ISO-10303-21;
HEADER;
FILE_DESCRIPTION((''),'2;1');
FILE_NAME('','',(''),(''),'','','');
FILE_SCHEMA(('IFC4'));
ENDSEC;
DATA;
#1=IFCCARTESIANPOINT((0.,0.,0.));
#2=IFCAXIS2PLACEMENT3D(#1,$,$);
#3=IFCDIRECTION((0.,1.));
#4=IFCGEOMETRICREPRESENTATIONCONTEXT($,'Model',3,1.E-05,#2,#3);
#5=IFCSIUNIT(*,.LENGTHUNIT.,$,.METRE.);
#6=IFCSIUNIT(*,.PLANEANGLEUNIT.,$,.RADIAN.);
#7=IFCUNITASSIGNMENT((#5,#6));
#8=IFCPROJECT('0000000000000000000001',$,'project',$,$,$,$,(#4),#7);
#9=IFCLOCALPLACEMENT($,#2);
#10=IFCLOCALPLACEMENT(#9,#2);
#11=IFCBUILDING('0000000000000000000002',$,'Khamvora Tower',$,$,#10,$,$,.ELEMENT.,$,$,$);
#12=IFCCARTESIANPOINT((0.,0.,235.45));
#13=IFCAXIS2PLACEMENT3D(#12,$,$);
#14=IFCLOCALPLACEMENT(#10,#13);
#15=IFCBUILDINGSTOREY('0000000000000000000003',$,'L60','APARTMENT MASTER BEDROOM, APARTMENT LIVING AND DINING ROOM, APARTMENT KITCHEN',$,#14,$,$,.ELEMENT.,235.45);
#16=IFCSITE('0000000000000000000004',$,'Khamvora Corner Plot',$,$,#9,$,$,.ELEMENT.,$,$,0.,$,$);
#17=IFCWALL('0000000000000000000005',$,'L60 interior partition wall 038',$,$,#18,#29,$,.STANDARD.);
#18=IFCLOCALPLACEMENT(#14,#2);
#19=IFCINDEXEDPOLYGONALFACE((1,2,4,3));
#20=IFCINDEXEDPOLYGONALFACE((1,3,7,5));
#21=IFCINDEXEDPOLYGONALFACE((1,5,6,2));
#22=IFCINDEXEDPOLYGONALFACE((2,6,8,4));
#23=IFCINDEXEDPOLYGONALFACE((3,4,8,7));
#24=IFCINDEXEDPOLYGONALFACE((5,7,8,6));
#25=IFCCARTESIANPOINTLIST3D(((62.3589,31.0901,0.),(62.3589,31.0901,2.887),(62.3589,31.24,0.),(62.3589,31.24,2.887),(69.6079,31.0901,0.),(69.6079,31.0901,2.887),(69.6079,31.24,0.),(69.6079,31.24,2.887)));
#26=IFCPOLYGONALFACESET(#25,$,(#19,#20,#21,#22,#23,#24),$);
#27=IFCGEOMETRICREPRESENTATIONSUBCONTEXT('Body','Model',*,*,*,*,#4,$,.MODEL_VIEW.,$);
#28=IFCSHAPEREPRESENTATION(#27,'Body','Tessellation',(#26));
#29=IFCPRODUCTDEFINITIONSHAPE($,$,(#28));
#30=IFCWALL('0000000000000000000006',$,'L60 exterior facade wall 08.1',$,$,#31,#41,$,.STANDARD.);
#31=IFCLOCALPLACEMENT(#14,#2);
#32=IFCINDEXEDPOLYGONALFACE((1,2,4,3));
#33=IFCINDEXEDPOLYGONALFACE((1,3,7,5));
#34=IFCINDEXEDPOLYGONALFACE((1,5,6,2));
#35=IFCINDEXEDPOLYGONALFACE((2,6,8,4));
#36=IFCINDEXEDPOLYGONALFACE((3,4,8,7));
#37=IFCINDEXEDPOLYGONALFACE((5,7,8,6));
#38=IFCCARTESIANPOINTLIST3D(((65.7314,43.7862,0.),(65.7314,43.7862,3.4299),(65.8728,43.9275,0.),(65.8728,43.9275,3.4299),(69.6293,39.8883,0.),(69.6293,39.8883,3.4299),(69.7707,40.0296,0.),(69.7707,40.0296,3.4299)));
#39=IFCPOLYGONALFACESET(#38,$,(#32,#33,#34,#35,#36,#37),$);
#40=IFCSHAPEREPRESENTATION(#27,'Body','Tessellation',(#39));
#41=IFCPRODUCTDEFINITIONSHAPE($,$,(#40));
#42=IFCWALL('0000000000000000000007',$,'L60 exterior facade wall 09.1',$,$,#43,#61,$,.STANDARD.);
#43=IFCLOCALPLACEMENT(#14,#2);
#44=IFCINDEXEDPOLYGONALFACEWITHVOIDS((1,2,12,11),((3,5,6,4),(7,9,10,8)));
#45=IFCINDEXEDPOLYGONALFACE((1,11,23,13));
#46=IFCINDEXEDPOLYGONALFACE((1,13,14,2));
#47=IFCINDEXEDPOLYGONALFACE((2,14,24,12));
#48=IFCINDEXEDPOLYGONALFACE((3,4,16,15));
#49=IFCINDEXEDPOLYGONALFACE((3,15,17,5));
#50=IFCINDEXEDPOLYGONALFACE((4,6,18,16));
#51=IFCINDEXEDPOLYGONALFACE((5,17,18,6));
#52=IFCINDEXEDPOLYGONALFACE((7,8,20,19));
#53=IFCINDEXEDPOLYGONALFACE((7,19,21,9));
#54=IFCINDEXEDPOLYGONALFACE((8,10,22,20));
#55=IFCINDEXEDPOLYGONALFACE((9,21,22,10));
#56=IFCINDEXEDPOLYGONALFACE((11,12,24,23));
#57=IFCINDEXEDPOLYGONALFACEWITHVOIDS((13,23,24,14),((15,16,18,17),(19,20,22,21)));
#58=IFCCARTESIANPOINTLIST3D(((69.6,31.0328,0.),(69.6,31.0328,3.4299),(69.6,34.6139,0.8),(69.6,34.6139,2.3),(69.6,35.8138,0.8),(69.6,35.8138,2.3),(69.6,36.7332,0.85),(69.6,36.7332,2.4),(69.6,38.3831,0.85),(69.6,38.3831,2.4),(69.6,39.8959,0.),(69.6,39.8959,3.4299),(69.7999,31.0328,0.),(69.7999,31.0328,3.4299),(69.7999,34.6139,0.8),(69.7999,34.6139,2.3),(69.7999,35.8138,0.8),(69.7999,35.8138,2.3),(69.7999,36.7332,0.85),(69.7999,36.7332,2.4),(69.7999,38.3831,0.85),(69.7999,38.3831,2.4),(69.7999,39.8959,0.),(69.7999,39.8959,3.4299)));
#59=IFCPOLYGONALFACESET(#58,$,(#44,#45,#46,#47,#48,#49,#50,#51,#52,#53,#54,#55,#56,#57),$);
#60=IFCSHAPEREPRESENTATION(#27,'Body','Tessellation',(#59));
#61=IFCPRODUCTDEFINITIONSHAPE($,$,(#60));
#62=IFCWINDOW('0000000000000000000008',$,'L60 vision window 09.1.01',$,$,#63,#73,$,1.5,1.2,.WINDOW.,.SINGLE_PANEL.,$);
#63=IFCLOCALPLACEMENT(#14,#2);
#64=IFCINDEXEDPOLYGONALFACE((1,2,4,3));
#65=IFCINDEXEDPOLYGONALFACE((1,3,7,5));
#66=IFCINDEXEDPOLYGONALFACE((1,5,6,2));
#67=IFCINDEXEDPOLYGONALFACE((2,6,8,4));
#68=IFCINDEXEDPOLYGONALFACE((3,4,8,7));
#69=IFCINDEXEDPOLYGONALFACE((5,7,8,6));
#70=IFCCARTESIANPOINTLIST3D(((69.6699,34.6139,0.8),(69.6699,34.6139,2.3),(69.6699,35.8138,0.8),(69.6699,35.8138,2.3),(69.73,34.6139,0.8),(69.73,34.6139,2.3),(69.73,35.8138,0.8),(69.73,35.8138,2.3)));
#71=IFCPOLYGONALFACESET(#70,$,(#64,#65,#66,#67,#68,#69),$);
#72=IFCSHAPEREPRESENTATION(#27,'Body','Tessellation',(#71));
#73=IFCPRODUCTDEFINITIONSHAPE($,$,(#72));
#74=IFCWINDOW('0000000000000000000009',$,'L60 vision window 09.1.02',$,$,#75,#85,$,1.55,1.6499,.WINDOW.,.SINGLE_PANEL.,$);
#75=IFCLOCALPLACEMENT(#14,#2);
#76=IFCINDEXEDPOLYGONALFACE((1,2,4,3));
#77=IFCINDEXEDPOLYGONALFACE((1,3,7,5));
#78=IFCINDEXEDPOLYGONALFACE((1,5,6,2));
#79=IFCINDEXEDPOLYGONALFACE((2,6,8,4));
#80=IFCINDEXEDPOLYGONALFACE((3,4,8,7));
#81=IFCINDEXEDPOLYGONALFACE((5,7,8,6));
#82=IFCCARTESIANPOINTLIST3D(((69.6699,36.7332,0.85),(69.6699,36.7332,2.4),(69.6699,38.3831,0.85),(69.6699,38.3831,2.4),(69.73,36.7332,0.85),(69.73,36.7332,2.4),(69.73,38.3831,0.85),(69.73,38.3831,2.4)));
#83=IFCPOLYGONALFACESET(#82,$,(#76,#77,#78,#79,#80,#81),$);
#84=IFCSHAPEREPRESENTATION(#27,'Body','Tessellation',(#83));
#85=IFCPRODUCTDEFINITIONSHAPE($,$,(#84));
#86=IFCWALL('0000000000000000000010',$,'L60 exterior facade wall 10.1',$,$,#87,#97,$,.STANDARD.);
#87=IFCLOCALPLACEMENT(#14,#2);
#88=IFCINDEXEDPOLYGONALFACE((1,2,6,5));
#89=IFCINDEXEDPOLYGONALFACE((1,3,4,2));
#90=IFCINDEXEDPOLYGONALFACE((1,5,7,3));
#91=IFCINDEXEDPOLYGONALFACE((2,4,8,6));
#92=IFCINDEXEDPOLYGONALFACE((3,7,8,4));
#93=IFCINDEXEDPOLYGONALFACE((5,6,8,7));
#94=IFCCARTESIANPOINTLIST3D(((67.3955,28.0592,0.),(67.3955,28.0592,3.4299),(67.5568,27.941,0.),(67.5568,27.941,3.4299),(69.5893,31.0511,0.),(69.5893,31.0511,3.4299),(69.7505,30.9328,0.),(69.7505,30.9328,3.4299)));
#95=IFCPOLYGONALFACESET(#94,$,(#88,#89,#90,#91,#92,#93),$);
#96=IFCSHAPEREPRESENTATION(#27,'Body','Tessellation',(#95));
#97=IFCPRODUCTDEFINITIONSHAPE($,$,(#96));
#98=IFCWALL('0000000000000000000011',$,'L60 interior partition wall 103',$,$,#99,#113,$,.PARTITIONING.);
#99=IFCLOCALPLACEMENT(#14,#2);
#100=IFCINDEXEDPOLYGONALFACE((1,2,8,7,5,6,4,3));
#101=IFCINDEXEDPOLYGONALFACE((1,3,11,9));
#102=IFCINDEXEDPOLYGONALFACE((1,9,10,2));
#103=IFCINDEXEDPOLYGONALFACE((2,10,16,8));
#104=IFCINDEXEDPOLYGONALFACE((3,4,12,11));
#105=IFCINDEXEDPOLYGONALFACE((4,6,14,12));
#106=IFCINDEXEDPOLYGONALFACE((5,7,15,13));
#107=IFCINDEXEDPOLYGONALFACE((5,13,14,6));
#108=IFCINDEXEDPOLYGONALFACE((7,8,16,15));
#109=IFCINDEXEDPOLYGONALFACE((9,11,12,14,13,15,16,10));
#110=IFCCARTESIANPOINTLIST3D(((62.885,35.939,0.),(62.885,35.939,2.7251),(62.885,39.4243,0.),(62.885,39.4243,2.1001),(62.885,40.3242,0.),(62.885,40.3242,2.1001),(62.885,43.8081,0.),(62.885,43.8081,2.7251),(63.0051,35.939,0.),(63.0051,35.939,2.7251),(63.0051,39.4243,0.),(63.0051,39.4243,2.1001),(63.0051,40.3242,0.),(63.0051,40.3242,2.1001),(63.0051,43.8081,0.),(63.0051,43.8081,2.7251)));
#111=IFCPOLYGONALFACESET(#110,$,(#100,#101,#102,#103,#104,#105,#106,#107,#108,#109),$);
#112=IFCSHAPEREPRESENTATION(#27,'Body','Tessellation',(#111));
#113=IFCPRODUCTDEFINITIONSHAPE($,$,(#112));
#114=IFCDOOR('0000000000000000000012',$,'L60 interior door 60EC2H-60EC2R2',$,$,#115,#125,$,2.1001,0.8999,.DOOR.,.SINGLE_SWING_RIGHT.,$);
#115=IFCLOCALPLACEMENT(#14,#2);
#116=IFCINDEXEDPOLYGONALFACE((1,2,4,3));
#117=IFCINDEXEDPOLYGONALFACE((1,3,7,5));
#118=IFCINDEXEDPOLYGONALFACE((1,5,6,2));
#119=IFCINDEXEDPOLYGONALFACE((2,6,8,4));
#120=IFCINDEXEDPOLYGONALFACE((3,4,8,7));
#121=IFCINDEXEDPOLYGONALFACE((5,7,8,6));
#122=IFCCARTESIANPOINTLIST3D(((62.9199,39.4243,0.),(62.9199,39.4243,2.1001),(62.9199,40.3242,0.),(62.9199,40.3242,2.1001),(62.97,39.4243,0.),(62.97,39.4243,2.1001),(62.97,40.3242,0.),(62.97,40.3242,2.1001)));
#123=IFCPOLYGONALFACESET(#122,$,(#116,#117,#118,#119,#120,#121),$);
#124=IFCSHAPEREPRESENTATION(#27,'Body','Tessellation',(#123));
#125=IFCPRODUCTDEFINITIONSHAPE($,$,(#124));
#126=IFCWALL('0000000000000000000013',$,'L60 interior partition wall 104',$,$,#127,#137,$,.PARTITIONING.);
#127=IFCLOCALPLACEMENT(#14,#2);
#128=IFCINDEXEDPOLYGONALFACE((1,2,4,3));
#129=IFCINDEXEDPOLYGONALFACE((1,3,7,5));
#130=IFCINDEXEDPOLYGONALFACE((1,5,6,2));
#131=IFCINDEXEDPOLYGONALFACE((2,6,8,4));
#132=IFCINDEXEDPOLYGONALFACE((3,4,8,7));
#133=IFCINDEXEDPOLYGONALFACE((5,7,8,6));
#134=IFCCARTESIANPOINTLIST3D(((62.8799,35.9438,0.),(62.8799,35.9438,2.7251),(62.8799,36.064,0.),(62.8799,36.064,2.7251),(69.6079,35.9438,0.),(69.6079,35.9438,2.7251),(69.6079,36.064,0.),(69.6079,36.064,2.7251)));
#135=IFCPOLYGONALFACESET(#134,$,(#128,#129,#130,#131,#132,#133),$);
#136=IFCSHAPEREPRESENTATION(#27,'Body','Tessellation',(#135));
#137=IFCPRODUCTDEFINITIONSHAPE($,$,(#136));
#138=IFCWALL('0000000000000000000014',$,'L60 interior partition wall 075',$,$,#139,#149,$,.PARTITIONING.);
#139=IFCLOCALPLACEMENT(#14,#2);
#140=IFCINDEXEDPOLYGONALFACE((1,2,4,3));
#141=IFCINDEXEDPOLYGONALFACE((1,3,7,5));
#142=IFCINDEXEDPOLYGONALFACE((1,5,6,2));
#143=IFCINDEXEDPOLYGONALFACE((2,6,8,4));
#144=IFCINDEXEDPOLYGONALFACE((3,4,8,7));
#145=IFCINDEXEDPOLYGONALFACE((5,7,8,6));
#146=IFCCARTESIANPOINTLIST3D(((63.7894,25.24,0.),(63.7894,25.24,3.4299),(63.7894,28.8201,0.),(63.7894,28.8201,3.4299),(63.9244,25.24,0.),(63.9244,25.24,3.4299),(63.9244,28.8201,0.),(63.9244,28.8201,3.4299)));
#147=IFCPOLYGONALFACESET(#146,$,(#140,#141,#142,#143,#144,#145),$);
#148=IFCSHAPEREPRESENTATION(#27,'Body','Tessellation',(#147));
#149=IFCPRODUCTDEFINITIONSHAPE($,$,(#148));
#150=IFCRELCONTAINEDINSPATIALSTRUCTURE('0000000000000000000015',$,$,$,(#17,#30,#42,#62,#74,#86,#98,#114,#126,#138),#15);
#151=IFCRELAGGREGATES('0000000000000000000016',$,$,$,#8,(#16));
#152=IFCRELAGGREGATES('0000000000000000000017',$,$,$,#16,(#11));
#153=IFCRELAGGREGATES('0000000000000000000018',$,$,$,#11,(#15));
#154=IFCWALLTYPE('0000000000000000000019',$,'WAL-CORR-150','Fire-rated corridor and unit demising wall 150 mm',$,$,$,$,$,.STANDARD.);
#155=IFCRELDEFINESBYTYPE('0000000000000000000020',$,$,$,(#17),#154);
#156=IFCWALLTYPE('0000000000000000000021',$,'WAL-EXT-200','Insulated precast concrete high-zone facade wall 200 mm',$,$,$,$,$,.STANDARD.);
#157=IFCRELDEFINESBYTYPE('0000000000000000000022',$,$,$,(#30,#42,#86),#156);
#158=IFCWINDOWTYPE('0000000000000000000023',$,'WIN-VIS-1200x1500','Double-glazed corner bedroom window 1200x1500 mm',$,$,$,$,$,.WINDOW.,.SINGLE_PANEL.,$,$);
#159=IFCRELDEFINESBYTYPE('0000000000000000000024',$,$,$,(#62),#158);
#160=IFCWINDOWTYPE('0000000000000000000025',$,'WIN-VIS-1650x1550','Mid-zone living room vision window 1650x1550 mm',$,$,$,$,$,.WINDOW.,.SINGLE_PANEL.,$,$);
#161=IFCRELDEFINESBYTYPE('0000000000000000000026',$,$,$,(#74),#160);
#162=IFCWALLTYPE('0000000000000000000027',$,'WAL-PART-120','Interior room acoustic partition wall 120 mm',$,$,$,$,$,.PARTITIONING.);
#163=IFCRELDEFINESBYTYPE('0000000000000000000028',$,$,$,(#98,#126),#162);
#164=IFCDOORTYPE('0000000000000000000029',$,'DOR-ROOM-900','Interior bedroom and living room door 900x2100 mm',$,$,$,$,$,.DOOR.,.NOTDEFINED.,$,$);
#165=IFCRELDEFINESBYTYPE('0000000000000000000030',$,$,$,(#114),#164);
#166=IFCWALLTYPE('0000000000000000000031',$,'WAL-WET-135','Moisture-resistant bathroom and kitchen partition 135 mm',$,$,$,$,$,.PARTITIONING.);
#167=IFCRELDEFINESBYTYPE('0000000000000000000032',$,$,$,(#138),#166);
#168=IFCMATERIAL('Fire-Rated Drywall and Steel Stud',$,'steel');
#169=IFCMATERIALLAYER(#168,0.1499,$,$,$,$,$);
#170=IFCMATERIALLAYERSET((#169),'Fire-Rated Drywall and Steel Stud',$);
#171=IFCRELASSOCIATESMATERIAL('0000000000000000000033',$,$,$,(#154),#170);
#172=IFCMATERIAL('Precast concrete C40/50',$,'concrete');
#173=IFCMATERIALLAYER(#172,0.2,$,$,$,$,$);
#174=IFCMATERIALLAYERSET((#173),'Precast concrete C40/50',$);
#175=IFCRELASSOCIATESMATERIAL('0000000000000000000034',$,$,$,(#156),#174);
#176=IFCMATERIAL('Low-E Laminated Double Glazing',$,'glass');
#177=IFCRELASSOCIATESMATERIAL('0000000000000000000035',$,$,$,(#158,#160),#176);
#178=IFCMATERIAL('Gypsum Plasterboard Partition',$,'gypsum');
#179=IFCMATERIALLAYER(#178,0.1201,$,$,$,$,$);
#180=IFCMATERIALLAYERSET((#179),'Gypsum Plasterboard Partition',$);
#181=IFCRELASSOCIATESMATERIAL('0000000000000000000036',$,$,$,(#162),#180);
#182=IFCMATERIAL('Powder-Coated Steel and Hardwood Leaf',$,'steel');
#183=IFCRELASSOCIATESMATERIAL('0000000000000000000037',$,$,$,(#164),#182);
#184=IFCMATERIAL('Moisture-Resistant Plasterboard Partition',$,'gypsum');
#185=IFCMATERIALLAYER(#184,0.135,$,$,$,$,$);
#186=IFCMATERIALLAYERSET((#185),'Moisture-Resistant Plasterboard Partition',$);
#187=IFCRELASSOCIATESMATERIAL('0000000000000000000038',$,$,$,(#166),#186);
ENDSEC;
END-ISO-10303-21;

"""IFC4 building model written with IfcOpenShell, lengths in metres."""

from ifc_helpers import new_model, si_unit, direction, frame, frame_2d, origin, place, context, subcontext, project, spatial, rectangle, extrude, material, layer, layer_set, type_object, element, fill, save


model = new_model("IFC4")

# Units and contexts
model_context = context("Model", 3, precision=1e-05, world=origin(), true_north=direction((0.0, 1.0)))
body_context = subcontext(model_context, "Body", "Model", "MODEL_VIEW")
ifc_project = project(units=[si_unit("LENGTHUNIT", "METRE"), si_unit("PLANEANGLEUNIT", "RADIAN")], contexts=[model_context])

# Site, building, storey
site_placement = place(None, origin())
site = spatial("IfcSite", under=ifc_project, at=site_placement, Name="Khamvora Corner Plot", CompositionType="ELEMENT", RefElevation=0.0)
building_placement = place(site_placement, origin())
building = spatial("IfcBuilding", under=site, at=building_placement, Name="Khamvora Tower", CompositionType="ELEMENT")
storey_placement = place(building_placement, frame((0.0, 0.0, 235.45)))
storey = spatial("IfcBuildingStorey", under=building, at=storey_placement, Name="L60", Description="APARTMENT MASTER BEDROOM, APARTMENT LIVING AND DINING ROOM, APARTMENT KITCHEN", CompositionType="ELEMENT", Elevation=235.45)

# Shared definitions
ifc_material_1 = material(Name="Fire-Rated Drywall and Steel Stud", Category="steel")
ifc_layer_1 = layer(ifc_material_1, 0.1499)
ifc_layer_set_1 = layer_set([ifc_layer_1], Name="Fire-Rated Drywall and Steel Stud")
wall_type_1 = type_object("IfcWallType", Name="WAL-CORR-150", Description="Fire-rated corridor and unit demising wall 150 mm", PredefinedType="STANDARD", material=ifc_layer_set_1)
ifc_material_2 = material(Name="Powder-Coated Steel and Hardwood Leaf", Category="steel")

# Walls
wall_1_placement = place(storey_placement, frame((62.3589, 31.165, 0.0), z_axis=(0.0, 0.0, 1.0), x_axis=(1.0, 0.0, 0.0)))
element("IfcWall", 1, at=wall_1_placement, inside=storey, type_object=wall_type_1, Name="L60 interior partition wall 038", PredefinedType="STANDARD", context=body_context, shape_type="SweptSolid", body=[
    extrude(rectangle(XDim=7.249, YDim=0.1499, at=frame_2d((3.6245, 0.0))), origin(), (0.0, 0.0, 1.0), 2.887),
])
ifc_material_3 = material(Name="Precast concrete C40/50", Category="concrete")
ifc_layer_2 = layer(ifc_material_3, 0.2)
ifc_layer_set_2 = layer_set([ifc_layer_2], Name="Precast concrete C40/50")
wall_type_2 = type_object("IfcWallType", Name="WAL-EXT-200", Description="Insulated precast concrete high-zone facade wall 200 mm", PredefinedType="STANDARD", material=ifc_layer_set_2)
wall_2_placement = place(storey_placement, frame((65.802, 43.8569, 0.0), z_axis=(0.0, 0.0, 1.0), x_axis=(0.707107, -0.707107, 0.0)))
element("IfcWall", 2, at=wall_2_placement, inside=storey, type_object=wall_type_2, Name="L60 exterior facade wall 08.1", PredefinedType="STANDARD", context=body_context, shape_type="SweptSolid", body=[
    extrude(rectangle(XDim=5.5125, YDim=0.2, at=frame_2d((2.7563, 0.0))), origin(), (0.0, 0.0, 1.0), 3.4299),
])

# Wall, openings, windows
wall_3_placement = place(storey_placement, frame((69.7, 39.896, 0.0), z_axis=(0.0, 0.0, 1.0), x_axis=(0.0, -1.0, 0.0)))
wall_3 = element("IfcWall", 3, at=wall_3_placement, inside=storey, type_object=wall_type_2, Name="L60 exterior facade wall 09.1", PredefinedType="STANDARD", context=body_context, shape_type="SweptSolid", body=[
    extrude(rectangle(XDim=8.863, YDim=0.2, at=frame_2d((4.4316, 0.0))), origin(), (0.0, 0.0, 1.0), 3.4299),
])
opening_1_placement = place(wall_3_placement, frame((4.082, 0.0, 0.8)))
opening_1 = element("IfcOpeningElement", 4, at=opening_1_placement, cuts=wall_3, PredefinedType="OPENING", context=body_context, shape_type="SweptSolid", body=[
    extrude(rectangle(XDim=1.2, YDim=1.5, at=frame_2d((0.6001, 0.75))), frame((0.0, 0.1099, 0.0), z_axis=(0.0, -1.0, 0.0), x_axis=(1.0, 0.0, 0.0)), (0.0, 0.0, 1.0), 0.22),
])
opening_2_placement = place(wall_3_placement, frame((1.5129, 0.0, 0.8501)))
opening_2 = element("IfcOpeningElement", 5, at=opening_2_placement, cuts=wall_3, PredefinedType="OPENING", context=body_context, shape_type="SweptSolid", body=[
    extrude(rectangle(XDim=1.6499, YDim=1.55, at=frame_2d((0.825, 0.7749))), frame((0.0, 0.1099, 0.0), z_axis=(0.0, -1.0, 0.0), x_axis=(1.0, 0.0, 0.0)), (0.0, 0.0, 1.0), 0.22),
])
ifc_material_4 = material(Name="Low-E Laminated Double Glazing", Category="glass")
window_type_1 = type_object("IfcWindowType", Name="WIN-VIS-1200x1500", Description="Double-glazed corner bedroom window 1200x1500 mm", PartitioningType="SINGLE_PANEL", PredefinedType="WINDOW", material=ifc_material_4)
window_1_placement = place(opening_1_placement, origin())
window_1 = element("IfcWindow", 6, at=window_1_placement, inside=storey, type_object=window_type_1, Name="L60 vision window 09.1.01", OverallHeight=1.5, OverallWidth=1.2, PartitioningType="SINGLE_PANEL", PredefinedType="WINDOW", context=body_context, shape_type="SweptSolid", body=[
    extrude(rectangle(XDim=1.2, YDim=1.5, at=frame_2d((0.6001, 0.75))), frame((0.0, 0.03, 0.0), z_axis=(0.0, -1.0, 0.0), x_axis=(1.0, 0.0, 0.0)), (0.0, 0.0, 1.0), 0.0601),
])
fill(opening_1, window_1)
window_type_2 = type_object("IfcWindowType", Name="WIN-VIS-1650x1550", Description="Mid-zone living room vision window 1650x1550 mm", PartitioningType="SINGLE_PANEL", PredefinedType="WINDOW", material=ifc_material_4)
window_2_placement = place(opening_2_placement, origin())
window_2 = element("IfcWindow", 7, at=window_2_placement, inside=storey, type_object=window_type_2, Name="L60 vision window 09.1.02", OverallHeight=1.55, OverallWidth=1.6499, PartitioningType="SINGLE_PANEL", PredefinedType="WINDOW", context=body_context, shape_type="SweptSolid", body=[
    extrude(rectangle(XDim=1.6499, YDim=1.55, at=frame_2d((0.825, 0.7749))), frame((0.0, 0.03, 0.0), z_axis=(0.0, -1.0, 0.0), x_axis=(1.0, 0.0, 0.0)), (0.0, 0.0, 1.0), 0.0601),
])
fill(opening_2, window_2)

# Wall
wall_4_placement = place(storey_placement, frame((69.6699, 30.9919, 0.0), z_axis=(0.0, 0.0, 1.0), x_axis=(-0.591321, -0.806436, 0.0)))
element("IfcWall", 8, at=wall_4_placement, inside=storey, type_object=wall_type_2, Name="L60 exterior facade wall 10.1", PredefinedType="STANDARD", context=body_context, shape_type="SweptSolid", body=[
    extrude(rectangle(XDim=3.71, YDim=0.2, at=frame_2d((1.855, 0.0))), origin(), (0.0, 0.0, 1.0), 3.4299),
])

# Wall, opening, door
ifc_material_5 = material(Name="Gypsum Plasterboard Partition", Category="gypsum")
ifc_layer_3 = layer(ifc_material_5, 0.1201)
ifc_layer_set_3 = layer_set([ifc_layer_3], Name="Gypsum Plasterboard Partition")
wall_type_3 = type_object("IfcWallType", Name="WAL-PART-120", Description="Interior room acoustic partition wall 120 mm", PredefinedType="PARTITIONING", material=ifc_layer_set_3)
wall_5_placement = place(storey_placement, frame((62.9451, 43.8081, 0.0), z_axis=(0.0, 0.0, 1.0), x_axis=(0.0, -1.0, 0.0)))
wall_5 = element("IfcWall", 9, at=wall_5_placement, inside=storey, type_object=wall_type_3, Name="L60 interior partition wall 103", PredefinedType="PARTITIONING", context=body_context, shape_type="SweptSolid", body=[
    extrude(rectangle(XDim=7.8691, YDim=0.1201, at=frame_2d((3.9346, 0.0))), origin(), (0.0, 0.0, 1.0), 2.7251),
])
opening_3_placement = place(wall_5_placement, frame((3.4839, 0.0, 0.0)))
opening_3 = element("IfcOpeningElement", 10, at=opening_3_placement, cuts=wall_5, PredefinedType="OPENING", context=body_context, shape_type="SweptSolid", body=[
    extrude(rectangle(XDim=0.8999, YDim=2.1001, at=frame_2d((0.45, 1.05))), frame((0.0, 0.0701, 0.0), z_axis=(0.0, -1.0, 0.0), x_axis=(1.0, 0.0, 0.0)), (0.0, 0.0, 1.0), 0.1401),
])
door_type_1 = type_object("IfcDoorType", Name="DOR-ROOM-900", Description="Interior bedroom and living room door 900x2100 mm", OperationType="NOTDEFINED", PredefinedType="DOOR", material=ifc_material_2)
door_1_placement = place(opening_3_placement, origin())
door_1 = element("IfcDoor", 11, at=door_1_placement, inside=storey, type_object=door_type_1, Name="L60 interior door 60EC2H-60EC2R2", OperationType="SINGLE_SWING_RIGHT", OverallHeight=2.1001, OverallWidth=0.8999, PredefinedType="DOOR", context=body_context, shape_type="SweptSolid", body=[
    extrude(rectangle(XDim=0.8999, YDim=2.1001, at=frame_2d((0.45, 1.05))), frame((0.0, 0.0249, 0.0), z_axis=(0.0, -1.0, 0.0), x_axis=(1.0, 0.0, 0.0)), (0.0, 0.0, 1.0), 0.05),
])
fill(opening_3, door_1)

# Walls
wall_6_placement = place(storey_placement, frame((62.8799, 36.0039, 0.0), z_axis=(0.0, 0.0, 1.0), x_axis=(1.0, 0.0, 0.0)))
element("IfcWall", 12, at=wall_6_placement, inside=storey, type_object=wall_type_3, Name="L60 interior partition wall 104", PredefinedType="PARTITIONING", context=body_context, shape_type="SweptSolid", body=[
    extrude(rectangle(XDim=6.728, YDim=0.1201, at=frame_2d((3.364, 0.0))), origin(), (0.0, 0.0, 1.0), 2.7251),
])
ifc_material_6 = material(Name="Moisture-Resistant Plasterboard Partition", Category="gypsum")
ifc_layer_4 = layer(ifc_material_6, 0.135)
ifc_layer_set_4 = layer_set([ifc_layer_4], Name="Moisture-Resistant Plasterboard Partition")
wall_type_4 = type_object("IfcWallType", Name="WAL-WET-135", Description="Moisture-resistant bathroom and kitchen partition 135 mm", PredefinedType="PARTITIONING", material=ifc_layer_set_4)
wall_7_placement = place(storey_placement, frame((63.8569, 28.8201, 0.0), z_axis=(0.0, 0.0, 1.0), x_axis=(0.0, -1.0, 0.0)))
element("IfcWall", 13, at=wall_7_placement, inside=storey, type_object=wall_type_4, Name="L60 interior partition wall 075", PredefinedType="PARTITIONING", context=body_context, shape_type="SweptSolid", body=[
    extrude(rectangle(XDim=3.5801, YDim=0.135, at=frame_2d((1.79, 0.0))), origin(), (0.0, 0.0, 1.0), 3.4299),
])

save(model, "model.ifc")
